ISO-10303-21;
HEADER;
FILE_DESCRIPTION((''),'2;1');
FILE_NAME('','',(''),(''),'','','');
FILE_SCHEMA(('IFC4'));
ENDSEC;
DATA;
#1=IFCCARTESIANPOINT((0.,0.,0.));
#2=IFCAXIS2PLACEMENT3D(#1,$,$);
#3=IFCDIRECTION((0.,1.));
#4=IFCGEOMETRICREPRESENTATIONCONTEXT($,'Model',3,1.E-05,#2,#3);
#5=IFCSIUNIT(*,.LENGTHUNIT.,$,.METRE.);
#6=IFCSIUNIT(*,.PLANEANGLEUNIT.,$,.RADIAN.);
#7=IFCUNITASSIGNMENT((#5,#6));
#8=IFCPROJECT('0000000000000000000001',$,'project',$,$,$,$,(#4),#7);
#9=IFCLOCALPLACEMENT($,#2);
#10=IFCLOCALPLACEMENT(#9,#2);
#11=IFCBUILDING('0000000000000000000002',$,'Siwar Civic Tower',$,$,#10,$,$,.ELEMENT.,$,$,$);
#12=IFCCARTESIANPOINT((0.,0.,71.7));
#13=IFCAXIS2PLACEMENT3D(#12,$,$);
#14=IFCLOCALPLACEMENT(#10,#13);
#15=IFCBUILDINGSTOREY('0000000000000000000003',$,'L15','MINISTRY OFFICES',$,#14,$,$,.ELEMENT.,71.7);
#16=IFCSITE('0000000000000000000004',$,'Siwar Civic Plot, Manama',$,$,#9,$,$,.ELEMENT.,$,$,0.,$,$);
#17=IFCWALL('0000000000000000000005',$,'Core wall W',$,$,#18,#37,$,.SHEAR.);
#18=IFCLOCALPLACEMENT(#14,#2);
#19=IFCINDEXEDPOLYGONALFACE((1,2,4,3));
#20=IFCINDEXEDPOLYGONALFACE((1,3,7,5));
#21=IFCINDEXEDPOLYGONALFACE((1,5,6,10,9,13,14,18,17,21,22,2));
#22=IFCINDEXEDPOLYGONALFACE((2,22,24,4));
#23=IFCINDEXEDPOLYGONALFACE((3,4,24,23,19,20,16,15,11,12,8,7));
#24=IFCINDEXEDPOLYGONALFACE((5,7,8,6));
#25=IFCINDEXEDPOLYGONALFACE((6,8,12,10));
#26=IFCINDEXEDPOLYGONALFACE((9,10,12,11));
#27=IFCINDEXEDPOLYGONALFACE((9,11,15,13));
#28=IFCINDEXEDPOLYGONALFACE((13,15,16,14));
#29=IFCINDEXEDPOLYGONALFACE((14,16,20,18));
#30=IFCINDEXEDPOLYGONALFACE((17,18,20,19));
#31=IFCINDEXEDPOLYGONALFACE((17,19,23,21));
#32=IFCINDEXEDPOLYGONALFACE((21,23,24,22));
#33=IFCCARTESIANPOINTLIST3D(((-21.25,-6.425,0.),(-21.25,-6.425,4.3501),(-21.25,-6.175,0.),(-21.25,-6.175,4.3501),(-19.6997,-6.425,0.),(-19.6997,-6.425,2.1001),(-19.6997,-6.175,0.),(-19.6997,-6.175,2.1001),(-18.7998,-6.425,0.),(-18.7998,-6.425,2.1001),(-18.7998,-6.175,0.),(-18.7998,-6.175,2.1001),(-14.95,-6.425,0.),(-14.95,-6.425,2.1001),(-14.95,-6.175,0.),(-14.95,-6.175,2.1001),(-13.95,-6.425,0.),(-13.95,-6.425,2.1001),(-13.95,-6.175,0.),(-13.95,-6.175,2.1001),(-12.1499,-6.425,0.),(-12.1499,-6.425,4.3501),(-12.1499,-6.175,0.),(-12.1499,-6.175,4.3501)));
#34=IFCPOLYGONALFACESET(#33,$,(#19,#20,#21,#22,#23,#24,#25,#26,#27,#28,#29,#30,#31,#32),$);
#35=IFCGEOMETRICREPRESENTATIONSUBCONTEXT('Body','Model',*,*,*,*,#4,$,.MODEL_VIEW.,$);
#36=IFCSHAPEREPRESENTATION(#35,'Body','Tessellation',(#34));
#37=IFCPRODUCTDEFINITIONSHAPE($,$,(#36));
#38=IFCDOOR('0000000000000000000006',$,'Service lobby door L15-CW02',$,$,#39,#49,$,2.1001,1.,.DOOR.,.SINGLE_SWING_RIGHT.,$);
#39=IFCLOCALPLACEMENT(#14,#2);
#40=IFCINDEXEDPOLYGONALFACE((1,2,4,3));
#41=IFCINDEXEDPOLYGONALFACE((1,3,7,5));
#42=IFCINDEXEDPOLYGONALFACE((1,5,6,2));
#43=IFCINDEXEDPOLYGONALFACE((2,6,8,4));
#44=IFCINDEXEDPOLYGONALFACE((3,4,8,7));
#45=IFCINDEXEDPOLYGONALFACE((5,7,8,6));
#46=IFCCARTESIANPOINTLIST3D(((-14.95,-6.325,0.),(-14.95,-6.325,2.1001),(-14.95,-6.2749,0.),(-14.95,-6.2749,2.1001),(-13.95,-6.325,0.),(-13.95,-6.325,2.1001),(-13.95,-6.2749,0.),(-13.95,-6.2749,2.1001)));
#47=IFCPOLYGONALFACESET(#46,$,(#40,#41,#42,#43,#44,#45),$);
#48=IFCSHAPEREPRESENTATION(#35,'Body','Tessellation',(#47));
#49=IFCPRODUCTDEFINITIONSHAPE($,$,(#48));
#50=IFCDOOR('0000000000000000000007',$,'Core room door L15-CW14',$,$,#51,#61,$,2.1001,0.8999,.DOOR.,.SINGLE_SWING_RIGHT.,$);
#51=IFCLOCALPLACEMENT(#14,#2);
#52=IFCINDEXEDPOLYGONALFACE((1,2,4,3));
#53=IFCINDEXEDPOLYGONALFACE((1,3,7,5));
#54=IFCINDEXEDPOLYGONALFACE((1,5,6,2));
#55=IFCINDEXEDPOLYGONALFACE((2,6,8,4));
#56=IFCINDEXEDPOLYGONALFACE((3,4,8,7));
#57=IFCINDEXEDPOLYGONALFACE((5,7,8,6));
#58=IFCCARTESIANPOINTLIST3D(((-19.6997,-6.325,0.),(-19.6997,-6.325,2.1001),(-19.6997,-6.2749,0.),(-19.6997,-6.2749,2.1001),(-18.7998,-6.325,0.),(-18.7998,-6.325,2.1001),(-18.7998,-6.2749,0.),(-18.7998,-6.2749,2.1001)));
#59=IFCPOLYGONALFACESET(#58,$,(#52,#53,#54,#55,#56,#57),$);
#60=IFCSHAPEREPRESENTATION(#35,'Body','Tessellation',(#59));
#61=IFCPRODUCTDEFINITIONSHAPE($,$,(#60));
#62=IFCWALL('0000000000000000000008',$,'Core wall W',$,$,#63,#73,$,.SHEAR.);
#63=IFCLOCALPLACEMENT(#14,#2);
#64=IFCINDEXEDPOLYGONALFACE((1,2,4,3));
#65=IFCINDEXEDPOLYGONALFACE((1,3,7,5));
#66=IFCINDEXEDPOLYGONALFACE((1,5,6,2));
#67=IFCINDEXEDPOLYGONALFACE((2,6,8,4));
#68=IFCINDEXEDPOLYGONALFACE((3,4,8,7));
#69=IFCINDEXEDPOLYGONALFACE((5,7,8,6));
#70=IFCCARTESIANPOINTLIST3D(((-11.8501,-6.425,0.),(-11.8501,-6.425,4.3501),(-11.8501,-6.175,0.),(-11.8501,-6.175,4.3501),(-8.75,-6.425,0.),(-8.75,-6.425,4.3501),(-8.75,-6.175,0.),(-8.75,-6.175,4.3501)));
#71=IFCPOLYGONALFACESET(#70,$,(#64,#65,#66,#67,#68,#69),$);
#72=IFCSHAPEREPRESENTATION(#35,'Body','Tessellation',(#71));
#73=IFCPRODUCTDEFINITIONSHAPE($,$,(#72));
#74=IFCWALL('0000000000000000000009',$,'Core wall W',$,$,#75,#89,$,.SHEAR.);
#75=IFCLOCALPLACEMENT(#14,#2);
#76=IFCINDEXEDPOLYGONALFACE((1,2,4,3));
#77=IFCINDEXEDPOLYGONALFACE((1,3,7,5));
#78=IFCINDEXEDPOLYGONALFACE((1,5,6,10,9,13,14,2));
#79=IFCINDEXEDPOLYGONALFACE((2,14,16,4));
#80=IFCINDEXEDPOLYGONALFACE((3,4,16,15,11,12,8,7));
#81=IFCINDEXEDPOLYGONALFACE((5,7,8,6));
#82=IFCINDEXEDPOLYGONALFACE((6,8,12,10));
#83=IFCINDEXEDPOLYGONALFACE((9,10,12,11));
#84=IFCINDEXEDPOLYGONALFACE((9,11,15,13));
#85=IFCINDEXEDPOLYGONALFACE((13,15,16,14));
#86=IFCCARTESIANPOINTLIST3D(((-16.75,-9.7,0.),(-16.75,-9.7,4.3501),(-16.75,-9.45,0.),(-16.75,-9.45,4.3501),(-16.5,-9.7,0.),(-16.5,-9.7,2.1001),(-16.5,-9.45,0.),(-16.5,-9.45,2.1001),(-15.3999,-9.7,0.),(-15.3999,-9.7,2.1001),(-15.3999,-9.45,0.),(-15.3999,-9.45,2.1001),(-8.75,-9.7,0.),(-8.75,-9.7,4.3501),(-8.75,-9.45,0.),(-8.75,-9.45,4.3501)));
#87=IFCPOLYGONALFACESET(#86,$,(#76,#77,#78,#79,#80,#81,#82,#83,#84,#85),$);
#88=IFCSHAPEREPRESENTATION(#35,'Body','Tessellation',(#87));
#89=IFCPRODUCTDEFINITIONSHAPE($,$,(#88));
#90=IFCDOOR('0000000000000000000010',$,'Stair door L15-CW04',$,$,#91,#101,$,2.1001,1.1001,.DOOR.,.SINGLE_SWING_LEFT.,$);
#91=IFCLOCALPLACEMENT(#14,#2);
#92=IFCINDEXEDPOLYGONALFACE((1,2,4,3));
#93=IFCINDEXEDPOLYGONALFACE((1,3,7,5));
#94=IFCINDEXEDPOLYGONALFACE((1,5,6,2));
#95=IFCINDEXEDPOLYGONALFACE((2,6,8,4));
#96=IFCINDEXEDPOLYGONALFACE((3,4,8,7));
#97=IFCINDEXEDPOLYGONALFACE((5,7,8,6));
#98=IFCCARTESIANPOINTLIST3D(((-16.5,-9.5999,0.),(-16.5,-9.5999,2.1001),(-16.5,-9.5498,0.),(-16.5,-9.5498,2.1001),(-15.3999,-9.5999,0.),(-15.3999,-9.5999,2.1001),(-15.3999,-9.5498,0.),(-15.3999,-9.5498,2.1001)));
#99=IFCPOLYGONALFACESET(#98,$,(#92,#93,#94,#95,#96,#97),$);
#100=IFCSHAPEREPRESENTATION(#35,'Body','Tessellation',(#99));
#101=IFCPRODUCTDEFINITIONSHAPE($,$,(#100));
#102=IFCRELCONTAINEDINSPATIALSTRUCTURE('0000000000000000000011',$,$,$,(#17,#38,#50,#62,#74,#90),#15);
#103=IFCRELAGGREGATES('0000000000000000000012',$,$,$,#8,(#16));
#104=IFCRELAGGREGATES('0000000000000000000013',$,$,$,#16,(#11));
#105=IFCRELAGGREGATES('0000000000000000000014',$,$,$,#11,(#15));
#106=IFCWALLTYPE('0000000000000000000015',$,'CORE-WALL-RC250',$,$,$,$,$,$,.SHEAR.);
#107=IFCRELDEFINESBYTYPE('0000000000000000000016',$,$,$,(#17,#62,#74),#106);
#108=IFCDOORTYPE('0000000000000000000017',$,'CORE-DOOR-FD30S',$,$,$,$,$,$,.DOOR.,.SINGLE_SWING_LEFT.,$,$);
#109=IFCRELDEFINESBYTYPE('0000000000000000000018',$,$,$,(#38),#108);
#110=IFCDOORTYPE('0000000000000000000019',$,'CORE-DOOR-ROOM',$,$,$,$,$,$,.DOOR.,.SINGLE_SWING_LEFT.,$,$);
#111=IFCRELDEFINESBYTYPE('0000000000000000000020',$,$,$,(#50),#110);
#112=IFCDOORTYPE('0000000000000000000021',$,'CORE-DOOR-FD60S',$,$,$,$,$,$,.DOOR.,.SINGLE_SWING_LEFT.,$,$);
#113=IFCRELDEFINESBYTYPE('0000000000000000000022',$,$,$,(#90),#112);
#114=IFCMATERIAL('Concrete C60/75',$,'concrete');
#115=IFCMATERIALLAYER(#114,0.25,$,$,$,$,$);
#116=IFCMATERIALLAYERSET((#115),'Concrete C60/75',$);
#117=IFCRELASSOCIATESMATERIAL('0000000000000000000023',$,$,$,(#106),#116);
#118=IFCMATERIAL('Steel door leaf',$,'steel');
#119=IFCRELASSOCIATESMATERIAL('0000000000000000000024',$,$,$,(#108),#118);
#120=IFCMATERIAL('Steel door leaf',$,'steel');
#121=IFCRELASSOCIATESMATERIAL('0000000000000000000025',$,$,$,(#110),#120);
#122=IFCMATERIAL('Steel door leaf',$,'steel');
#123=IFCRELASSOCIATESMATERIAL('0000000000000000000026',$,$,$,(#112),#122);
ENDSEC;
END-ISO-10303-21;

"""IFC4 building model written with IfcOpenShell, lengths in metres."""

from ifc_helpers import new_model, si_unit, direction, frame, frame_2d, origin, place, context, subcontext, project, spatial, rectangle, extrude, material, layer, layer_set, type_object, element, fill, save


model = new_model("IFC4")

# Units and contexts
model_context = context("Model", 3, precision=1e-05, world=origin(), true_north=direction((0.0, 1.0)))
body_context = subcontext(model_context, "Body", "Model", "MODEL_VIEW")
ifc_project = project(units=[si_unit("LENGTHUNIT", "METRE"), si_unit("PLANEANGLEUNIT", "RADIAN")], contexts=[model_context])

# Site, building, storey
site_placement = place(None, origin())
site = spatial("IfcSite", under=ifc_project, at=site_placement, Name="Siwar Civic Plot, Manama", CompositionType="ELEMENT", RefElevation=0.0)
building_placement = place(site_placement, origin())
building = spatial("IfcBuilding", under=site, at=building_placement, Name="Siwar Civic Tower", CompositionType="ELEMENT")
storey_placement = place(building_placement, frame((0.0, 0.0, 71.7)))
storey = spatial("IfcBuildingStorey", under=building, at=storey_placement, Name="L15", Description="MINISTRY OFFICES", CompositionType="ELEMENT", Elevation=71.7)

# Wall, openings, doors
ifc_material_1 = material(Name="Concrete C60/75", Category="concrete")
ifc_layer_1 = layer(ifc_material_1, 0.25)
ifc_layer_set_1 = layer_set([ifc_layer_1], Name="Concrete C60/75")
wall_type_1 = type_object("IfcWallType", Name="CORE-WALL-RC250", PredefinedType="SHEAR", material=ifc_layer_set_1)
wall_1_placement = place(storey_placement, frame((-12.1499, -6.3, 0.0), z_axis=(0.0, 0.0, 1.0), x_axis=(-1.0, 0.0, 0.0)))
wall_1 = element("IfcWall", 1, at=wall_1_placement, inside=storey, type_object=wall_type_1, Name="Core wall W", PredefinedType="SHEAR", context=body_context, shape_type="SweptSolid", body=[
    extrude(rectangle(XDim=9.1001, YDim=0.25, at=frame_2d((4.55, 0.0))), origin(), (0.0, 0.0, 1.0), 4.3501),
])
opening_1_placement = place(wall_1_placement, frame((1.8, 0.0, 0.0)))
opening_1 = element("IfcOpeningElement", 2, at=opening_1_placement, cuts=wall_1, PredefinedType="OPENING", context=body_context, shape_type="SweptSolid", body=[
    extrude(rectangle(XDim=1.0, YDim=2.1001, at=frame_2d((0.5, 1.05))), frame((0.0, 0.135, 0.0), z_axis=(0.0, -1.0, 0.0), x_axis=(1.0, 0.0, 0.0)), (0.0, 0.0, 1.0), 0.27),
])
opening_2_placement = place(wall_1_placement, frame((6.6499, 0.0, 0.0)))
opening_2 = element("IfcOpeningElement", 3, at=opening_2_placement, cuts=wall_1, PredefinedType="OPENING", context=body_context, shape_type="SweptSolid", body=[
    extrude(rectangle(XDim=0.8999, YDim=2.1001, at=frame_2d((0.45, 1.05))), frame((0.0, 0.135, 0.0), z_axis=(0.0, -1.0, 0.0), x_axis=(1.0, 0.0, 0.0)), (0.0, 0.0, 1.0), 0.27),
])
ifc_material_2 = material(Name="Steel door leaf", Category="steel")
door_type_1 = type_object("IfcDoorType", Name="CORE-DOOR-FD30S", OperationType="SINGLE_SWING_LEFT", PredefinedType="DOOR", material=ifc_material_2)
door_1_placement = place(opening_1_placement, origin())
door_1 = element("IfcDoor", 4, at=door_1_placement, inside=storey, type_object=door_type_1, Name="Service lobby door L15-CW02", OperationType="SINGLE_SWING_RIGHT", OverallHeight=2.1001, OverallWidth=1.0, PredefinedType="DOOR", context=body_context, shape_type="SweptSolid", body=[
    extrude(rectangle(XDim=1.0, YDim=2.1001, at=frame_2d((0.5, 1.05))), frame((0.0, 0.0249, 0.0), z_axis=(0.0, -1.0, 0.0), x_axis=(1.0, 0.0, 0.0)), (0.0, 0.0, 1.0), 0.05),
])
fill(opening_1, door_1)
ifc_material_3 = material(Name="Steel door leaf", Category="steel")
door_type_2 = type_object("IfcDoorType", Name="CORE-DOOR-ROOM", OperationType="SINGLE_SWING_LEFT", PredefinedType="DOOR", material=ifc_material_3)
door_2_placement = place(opening_2_placement, origin())
door_2 = element("IfcDoor", 5, at=door_2_placement, inside=storey, type_object=door_type_2, Name="Core room door L15-CW14", OperationType="SINGLE_SWING_RIGHT", OverallHeight=2.1001, OverallWidth=0.8999, PredefinedType="DOOR", context=body_context, shape_type="SweptSolid", body=[
    extrude(rectangle(XDim=0.8999, YDim=2.1001, at=frame_2d((0.45, 1.05))), frame((0.0, 0.0249, 0.0), z_axis=(0.0, -1.0, 0.0), x_axis=(1.0, 0.0, 0.0)), (0.0, 0.0, 1.0), 0.05),
])
fill(opening_2, door_2)

# Wall
wall_2_placement = place(storey_placement, frame((-8.75, -6.3, 0.0), z_axis=(0.0, 0.0, 1.0), x_axis=(-1.0, 0.0, 0.0)))
element("IfcWall", 6, at=wall_2_placement, inside=storey, type_object=wall_type_1, Name="Core wall W", PredefinedType="SHEAR", context=body_context, shape_type="SweptSolid", body=[
    extrude(rectangle(XDim=3.1001, YDim=0.25, at=frame_2d((1.55, 0.0))), origin(), (0.0, 0.0, 1.0), 4.3501),
])

# Wall, opening, door
wall_3_placement = place(storey_placement, frame((-8.75, -9.575, 0.0), z_axis=(0.0, 0.0, 1.0), x_axis=(-1.0, 0.0, 0.0)))
wall_3 = element("IfcWall", 7, at=wall_3_placement, inside=storey, type_object=wall_type_1, Name="Core wall W", PredefinedType="SHEAR", context=body_context, shape_type="SweptSolid", body=[
    extrude(rectangle(XDim=8.0, YDim=0.25, at=frame_2d((4.0, 0.0))), origin(), (0.0, 0.0, 1.0), 4.3501),
])
opening_3_placement = place(wall_3_placement, frame((6.6499, 0.0, 0.0)))
opening_3 = element("IfcOpeningElement", 8, at=opening_3_placement, cuts=wall_3, PredefinedType="OPENING", context=body_context, shape_type="SweptSolid", body=[
    extrude(rectangle(XDim=1.1001, YDim=2.1001, at=frame_2d((0.55, 1.05))), frame((0.0, 0.135, 0.0), z_axis=(0.0, -1.0, 0.0), x_axis=(1.0, 0.0, 0.0)), (0.0, 0.0, 1.0), 0.27),
])
ifc_material_4 = material(Name="Steel door leaf", Category="steel")
door_type_3 = type_object("IfcDoorType", Name="CORE-DOOR-FD60S", OperationType="SINGLE_SWING_LEFT", PredefinedType="DOOR", material=ifc_material_4)
door_3_placement = place(opening_3_placement, origin())
door_3 = element("IfcDoor", 9, at=door_3_placement, inside=storey, type_object=door_type_3, Name="Stair door L15-CW04", OperationType="SINGLE_SWING_LEFT", OverallHeight=2.1001, OverallWidth=1.1001, PredefinedType="DOOR", context=body_context, shape_type="SweptSolid", body=[
    extrude(rectangle(XDim=1.1001, YDim=2.1001, at=frame_2d((0.55, 1.05))), frame((0.0, 0.0249, 0.0), z_axis=(0.0, -1.0, 0.0), x_axis=(1.0, 0.0, 0.0)), (0.0, 0.0, 1.0), 0.05),
])
fill(opening_3, door_3)

save(model, "model.ifc")
